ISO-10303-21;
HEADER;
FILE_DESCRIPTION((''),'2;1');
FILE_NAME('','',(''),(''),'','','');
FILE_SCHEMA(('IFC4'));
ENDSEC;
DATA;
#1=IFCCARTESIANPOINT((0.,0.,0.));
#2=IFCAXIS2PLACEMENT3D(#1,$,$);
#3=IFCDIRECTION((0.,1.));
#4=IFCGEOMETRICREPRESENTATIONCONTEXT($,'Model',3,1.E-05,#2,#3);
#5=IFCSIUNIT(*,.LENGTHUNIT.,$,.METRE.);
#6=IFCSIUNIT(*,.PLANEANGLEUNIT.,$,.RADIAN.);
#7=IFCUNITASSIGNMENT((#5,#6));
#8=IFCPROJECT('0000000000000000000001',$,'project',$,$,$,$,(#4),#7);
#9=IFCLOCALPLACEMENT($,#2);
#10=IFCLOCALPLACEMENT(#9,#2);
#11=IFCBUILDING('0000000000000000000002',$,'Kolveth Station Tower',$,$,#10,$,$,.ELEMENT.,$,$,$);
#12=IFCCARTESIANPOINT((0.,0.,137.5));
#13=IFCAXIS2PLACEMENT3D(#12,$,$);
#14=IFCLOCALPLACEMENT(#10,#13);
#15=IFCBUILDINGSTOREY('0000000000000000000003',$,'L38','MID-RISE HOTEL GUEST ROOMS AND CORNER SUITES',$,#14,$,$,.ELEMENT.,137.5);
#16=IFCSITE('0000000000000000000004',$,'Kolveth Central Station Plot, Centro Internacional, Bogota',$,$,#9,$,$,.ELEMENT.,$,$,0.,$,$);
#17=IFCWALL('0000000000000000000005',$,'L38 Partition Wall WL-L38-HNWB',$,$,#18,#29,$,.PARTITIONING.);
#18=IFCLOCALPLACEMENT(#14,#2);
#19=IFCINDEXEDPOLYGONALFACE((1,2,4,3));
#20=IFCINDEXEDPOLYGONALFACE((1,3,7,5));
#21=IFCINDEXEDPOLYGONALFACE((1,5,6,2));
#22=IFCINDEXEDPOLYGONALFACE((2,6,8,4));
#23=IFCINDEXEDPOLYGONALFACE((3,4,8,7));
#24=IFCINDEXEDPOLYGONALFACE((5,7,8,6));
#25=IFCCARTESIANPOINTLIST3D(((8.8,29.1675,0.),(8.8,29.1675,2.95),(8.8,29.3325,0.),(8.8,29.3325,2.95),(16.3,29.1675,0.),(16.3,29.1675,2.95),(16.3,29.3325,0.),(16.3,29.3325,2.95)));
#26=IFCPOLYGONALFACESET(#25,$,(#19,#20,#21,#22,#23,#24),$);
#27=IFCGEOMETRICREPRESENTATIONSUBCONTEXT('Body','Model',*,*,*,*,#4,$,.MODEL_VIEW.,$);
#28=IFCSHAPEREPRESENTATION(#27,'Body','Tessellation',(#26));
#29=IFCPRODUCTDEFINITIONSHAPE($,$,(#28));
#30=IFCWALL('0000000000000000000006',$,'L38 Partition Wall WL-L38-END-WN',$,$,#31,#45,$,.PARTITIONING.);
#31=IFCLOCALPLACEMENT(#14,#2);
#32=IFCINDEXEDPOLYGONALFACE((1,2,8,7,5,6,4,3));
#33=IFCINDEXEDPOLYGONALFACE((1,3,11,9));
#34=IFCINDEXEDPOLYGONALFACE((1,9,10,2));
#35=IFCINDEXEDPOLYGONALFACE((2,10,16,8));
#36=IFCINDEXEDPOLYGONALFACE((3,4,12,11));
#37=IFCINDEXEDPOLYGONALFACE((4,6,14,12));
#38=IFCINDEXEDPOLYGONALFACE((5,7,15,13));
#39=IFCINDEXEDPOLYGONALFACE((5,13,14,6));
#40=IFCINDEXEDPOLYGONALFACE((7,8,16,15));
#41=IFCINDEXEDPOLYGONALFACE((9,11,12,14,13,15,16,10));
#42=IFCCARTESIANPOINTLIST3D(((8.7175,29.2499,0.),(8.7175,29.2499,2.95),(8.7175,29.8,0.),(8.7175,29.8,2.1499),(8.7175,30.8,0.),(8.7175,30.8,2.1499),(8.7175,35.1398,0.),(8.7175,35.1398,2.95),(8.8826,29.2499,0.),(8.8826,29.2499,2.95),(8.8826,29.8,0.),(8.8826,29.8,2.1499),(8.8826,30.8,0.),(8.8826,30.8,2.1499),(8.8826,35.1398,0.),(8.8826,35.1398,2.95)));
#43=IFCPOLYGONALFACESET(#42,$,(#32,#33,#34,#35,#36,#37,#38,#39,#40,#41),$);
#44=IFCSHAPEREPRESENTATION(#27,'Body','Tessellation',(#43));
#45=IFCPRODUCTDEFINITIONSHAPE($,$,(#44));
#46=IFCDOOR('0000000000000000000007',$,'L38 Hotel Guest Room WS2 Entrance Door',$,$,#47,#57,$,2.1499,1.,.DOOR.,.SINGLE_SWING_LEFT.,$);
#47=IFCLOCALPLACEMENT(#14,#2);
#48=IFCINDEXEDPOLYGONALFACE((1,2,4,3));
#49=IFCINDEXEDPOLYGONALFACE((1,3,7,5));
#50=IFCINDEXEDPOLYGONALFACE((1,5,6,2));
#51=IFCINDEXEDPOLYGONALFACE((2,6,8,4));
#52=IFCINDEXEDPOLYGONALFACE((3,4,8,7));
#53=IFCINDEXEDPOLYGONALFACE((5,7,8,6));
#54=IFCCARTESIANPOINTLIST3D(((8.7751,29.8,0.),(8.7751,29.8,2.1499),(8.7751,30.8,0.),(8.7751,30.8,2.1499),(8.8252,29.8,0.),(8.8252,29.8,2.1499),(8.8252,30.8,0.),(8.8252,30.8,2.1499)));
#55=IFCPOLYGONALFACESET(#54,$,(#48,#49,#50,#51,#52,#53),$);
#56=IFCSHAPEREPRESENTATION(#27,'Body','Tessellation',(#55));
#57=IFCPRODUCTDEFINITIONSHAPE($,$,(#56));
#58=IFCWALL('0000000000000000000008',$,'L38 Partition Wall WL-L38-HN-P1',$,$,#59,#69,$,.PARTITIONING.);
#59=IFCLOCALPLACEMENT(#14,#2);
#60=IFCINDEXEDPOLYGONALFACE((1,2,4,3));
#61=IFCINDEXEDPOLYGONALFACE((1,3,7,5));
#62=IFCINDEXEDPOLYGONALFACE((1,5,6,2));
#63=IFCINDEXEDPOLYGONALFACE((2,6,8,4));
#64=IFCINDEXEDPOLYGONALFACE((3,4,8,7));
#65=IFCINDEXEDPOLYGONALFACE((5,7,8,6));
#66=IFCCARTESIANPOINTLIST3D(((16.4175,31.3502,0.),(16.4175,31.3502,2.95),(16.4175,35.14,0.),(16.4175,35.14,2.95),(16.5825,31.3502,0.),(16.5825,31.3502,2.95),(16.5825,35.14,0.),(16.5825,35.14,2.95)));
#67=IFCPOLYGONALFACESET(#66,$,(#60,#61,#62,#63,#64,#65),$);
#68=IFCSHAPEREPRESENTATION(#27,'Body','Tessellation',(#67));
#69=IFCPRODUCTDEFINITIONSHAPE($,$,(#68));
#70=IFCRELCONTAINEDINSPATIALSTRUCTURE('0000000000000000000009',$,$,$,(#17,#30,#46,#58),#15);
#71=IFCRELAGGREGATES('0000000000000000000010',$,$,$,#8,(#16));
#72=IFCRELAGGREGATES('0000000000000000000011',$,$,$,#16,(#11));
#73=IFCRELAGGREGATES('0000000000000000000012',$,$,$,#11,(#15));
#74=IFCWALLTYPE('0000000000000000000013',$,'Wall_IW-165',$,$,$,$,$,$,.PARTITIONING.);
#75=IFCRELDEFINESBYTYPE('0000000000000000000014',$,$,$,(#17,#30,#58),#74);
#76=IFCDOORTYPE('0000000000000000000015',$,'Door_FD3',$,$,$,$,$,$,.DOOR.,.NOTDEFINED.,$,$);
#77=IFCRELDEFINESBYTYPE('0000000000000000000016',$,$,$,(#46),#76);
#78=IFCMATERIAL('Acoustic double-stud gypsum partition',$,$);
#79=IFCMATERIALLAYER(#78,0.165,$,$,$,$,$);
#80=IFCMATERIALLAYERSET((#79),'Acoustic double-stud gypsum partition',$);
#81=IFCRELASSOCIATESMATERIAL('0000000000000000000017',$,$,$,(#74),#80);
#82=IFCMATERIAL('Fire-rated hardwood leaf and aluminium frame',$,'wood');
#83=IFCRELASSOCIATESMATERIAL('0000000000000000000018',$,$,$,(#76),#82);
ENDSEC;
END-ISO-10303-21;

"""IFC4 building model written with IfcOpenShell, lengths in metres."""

from ifc_helpers import new_model, si_unit, direction, frame, frame_2d, origin, place, context, subcontext, project, spatial, rectangle, extrude, material, layer, layer_set, type_object, element, fill, save


model = new_model("IFC4")

# Units and contexts
model_context = context("Model", 3, precision=1e-05, world=origin(), true_north=direction((0.0, 1.0)))
body_context = subcontext(model_context, "Body", "Model", "MODEL_VIEW")
ifc_project = project(units=[si_unit("LENGTHUNIT", "METRE"), si_unit("PLANEANGLEUNIT", "RADIAN")], contexts=[model_context])

# Site, building, storey
site_placement = place(None, origin())
site = spatial("IfcSite", under=ifc_project, at=site_placement, Name="Kolveth Central Station Plot, Centro Internacional, Bogota", CompositionType="ELEMENT", RefElevation=0.0)
building_placement = place(site_placement, origin())
building = spatial("IfcBuilding", under=site, at=building_placement, Name="Kolveth Station Tower", CompositionType="ELEMENT")
storey_placement = place(building_placement, frame((0.0, 0.0, 137.5)))
storey = spatial("IfcBuildingStorey", under=building, at=storey_placement, Name="L38", Description="MID-RISE HOTEL GUEST ROOMS AND CORNER SUITES", CompositionType="ELEMENT", Elevation=137.5)

# Shared definitions
ifc_material_1 = material(Name="Acoustic double-stud gypsum partition")
ifc_layer_1 = layer(ifc_material_1, 0.165)
ifc_layer_set_1 = layer_set([ifc_layer_1], Name="Acoustic double-stud gypsum partition")
wall_type_1 = type_object("IfcWallType", Name="Wall_IW-165", PredefinedType="PARTITIONING", material=ifc_layer_set_1)

# Wall
wall_1_placement = place(storey_placement, frame((8.8, 29.25, 0.0), z_axis=(0.0, 0.0, 1.0), x_axis=(1.0, 0.0, 0.0)))
element("IfcWall", 1, at=wall_1_placement, inside=storey, type_object=wall_type_1, Name="L38 Partition Wall WL-L38-HNWB", PredefinedType="PARTITIONING", context=body_context, shape_type="SweptSolid", body=[
    extrude(rectangle(XDim=7.5, YDim=0.165, at=frame_2d((3.75, 0.0))), origin(), (0.0, 0.0, 1.0), 2.95),
])

# Wall, opening, door
wall_2_placement = place(storey_placement, frame((8.8, 29.25, 0.0), z_axis=(0.0, 0.0, 1.0), x_axis=(0.0, 1.0, 0.0)))
wall_2 = element("IfcWall", 2, at=wall_2_placement, inside=storey, type_object=wall_type_1, Name="L38 Partition Wall WL-L38-END-WN", PredefinedType="PARTITIONING", context=body_context, shape_type="SweptSolid", body=[
    extrude(rectangle(XDim=5.8899, YDim=0.165, at=frame_2d((2.9448, 0.0))), origin(), (0.0, 0.0, 1.0), 2.95),
])
opening_1_placement = place(wall_2_placement, frame((0.55, 0.0, 0.0)))
opening_1 = element("IfcOpeningElement", 3, at=opening_1_placement, cuts=wall_2, PredefinedType="OPENING", context=body_context, shape_type="SweptSolid", body=[
    extrude(rectangle(XDim=1.0, YDim=2.1499, at=frame_2d((0.5, 1.075))), frame((0.0, 0.0925, 0.0), z_axis=(0.0, -1.0, 0.0), x_axis=(1.0, 0.0, 0.0)), (0.0, 0.0, 1.0), 0.1851),
])
ifc_material_2 = material(Name="Fire-rated hardwood leaf and aluminium frame", Category="wood")
door_type_1 = type_object("IfcDoorType", Name="Door_FD3", OperationType="NOTDEFINED", PredefinedType="DOOR", material=ifc_material_2)
door_1_placement = place(opening_1_placement, origin())
door_1 = element("IfcDoor", 4, at=door_1_placement, inside=storey, type_object=door_type_1, Name="L38 Hotel Guest Room WS2 Entrance Door", OperationType="SINGLE_SWING_LEFT", OverallHeight=2.1499, OverallWidth=1.0, PredefinedType="DOOR", context=body_context, shape_type="SweptSolid", body=[
    extrude(rectangle(XDim=1.0, YDim=2.1499, at=frame_2d((0.5, 1.075))), frame((0.0, 0.0249, 0.0), z_axis=(0.0, -1.0, 0.0), x_axis=(1.0, 0.0, 0.0)), (0.0, 0.0, 1.0), 0.05),
])
fill(opening_1, door_1)

# Wall
wall_3_placement = place(storey_placement, frame((16.5, 31.3501, 0.0), z_axis=(0.0, 0.0, 1.0), x_axis=(0.0, 1.0, 0.0)))
element("IfcWall", 5, at=wall_3_placement, inside=storey, type_object=wall_type_1, Name="L38 Partition Wall WL-L38-HN-P1", PredefinedType="PARTITIONING", context=body_context, shape_type="SweptSolid", body=[
    extrude(rectangle(XDim=3.7898, YDim=0.165, at=frame_2d((1.895, 0.0))), origin(), (0.0, 0.0, 1.0), 2.95),
])

save(model, "model.ifc")
